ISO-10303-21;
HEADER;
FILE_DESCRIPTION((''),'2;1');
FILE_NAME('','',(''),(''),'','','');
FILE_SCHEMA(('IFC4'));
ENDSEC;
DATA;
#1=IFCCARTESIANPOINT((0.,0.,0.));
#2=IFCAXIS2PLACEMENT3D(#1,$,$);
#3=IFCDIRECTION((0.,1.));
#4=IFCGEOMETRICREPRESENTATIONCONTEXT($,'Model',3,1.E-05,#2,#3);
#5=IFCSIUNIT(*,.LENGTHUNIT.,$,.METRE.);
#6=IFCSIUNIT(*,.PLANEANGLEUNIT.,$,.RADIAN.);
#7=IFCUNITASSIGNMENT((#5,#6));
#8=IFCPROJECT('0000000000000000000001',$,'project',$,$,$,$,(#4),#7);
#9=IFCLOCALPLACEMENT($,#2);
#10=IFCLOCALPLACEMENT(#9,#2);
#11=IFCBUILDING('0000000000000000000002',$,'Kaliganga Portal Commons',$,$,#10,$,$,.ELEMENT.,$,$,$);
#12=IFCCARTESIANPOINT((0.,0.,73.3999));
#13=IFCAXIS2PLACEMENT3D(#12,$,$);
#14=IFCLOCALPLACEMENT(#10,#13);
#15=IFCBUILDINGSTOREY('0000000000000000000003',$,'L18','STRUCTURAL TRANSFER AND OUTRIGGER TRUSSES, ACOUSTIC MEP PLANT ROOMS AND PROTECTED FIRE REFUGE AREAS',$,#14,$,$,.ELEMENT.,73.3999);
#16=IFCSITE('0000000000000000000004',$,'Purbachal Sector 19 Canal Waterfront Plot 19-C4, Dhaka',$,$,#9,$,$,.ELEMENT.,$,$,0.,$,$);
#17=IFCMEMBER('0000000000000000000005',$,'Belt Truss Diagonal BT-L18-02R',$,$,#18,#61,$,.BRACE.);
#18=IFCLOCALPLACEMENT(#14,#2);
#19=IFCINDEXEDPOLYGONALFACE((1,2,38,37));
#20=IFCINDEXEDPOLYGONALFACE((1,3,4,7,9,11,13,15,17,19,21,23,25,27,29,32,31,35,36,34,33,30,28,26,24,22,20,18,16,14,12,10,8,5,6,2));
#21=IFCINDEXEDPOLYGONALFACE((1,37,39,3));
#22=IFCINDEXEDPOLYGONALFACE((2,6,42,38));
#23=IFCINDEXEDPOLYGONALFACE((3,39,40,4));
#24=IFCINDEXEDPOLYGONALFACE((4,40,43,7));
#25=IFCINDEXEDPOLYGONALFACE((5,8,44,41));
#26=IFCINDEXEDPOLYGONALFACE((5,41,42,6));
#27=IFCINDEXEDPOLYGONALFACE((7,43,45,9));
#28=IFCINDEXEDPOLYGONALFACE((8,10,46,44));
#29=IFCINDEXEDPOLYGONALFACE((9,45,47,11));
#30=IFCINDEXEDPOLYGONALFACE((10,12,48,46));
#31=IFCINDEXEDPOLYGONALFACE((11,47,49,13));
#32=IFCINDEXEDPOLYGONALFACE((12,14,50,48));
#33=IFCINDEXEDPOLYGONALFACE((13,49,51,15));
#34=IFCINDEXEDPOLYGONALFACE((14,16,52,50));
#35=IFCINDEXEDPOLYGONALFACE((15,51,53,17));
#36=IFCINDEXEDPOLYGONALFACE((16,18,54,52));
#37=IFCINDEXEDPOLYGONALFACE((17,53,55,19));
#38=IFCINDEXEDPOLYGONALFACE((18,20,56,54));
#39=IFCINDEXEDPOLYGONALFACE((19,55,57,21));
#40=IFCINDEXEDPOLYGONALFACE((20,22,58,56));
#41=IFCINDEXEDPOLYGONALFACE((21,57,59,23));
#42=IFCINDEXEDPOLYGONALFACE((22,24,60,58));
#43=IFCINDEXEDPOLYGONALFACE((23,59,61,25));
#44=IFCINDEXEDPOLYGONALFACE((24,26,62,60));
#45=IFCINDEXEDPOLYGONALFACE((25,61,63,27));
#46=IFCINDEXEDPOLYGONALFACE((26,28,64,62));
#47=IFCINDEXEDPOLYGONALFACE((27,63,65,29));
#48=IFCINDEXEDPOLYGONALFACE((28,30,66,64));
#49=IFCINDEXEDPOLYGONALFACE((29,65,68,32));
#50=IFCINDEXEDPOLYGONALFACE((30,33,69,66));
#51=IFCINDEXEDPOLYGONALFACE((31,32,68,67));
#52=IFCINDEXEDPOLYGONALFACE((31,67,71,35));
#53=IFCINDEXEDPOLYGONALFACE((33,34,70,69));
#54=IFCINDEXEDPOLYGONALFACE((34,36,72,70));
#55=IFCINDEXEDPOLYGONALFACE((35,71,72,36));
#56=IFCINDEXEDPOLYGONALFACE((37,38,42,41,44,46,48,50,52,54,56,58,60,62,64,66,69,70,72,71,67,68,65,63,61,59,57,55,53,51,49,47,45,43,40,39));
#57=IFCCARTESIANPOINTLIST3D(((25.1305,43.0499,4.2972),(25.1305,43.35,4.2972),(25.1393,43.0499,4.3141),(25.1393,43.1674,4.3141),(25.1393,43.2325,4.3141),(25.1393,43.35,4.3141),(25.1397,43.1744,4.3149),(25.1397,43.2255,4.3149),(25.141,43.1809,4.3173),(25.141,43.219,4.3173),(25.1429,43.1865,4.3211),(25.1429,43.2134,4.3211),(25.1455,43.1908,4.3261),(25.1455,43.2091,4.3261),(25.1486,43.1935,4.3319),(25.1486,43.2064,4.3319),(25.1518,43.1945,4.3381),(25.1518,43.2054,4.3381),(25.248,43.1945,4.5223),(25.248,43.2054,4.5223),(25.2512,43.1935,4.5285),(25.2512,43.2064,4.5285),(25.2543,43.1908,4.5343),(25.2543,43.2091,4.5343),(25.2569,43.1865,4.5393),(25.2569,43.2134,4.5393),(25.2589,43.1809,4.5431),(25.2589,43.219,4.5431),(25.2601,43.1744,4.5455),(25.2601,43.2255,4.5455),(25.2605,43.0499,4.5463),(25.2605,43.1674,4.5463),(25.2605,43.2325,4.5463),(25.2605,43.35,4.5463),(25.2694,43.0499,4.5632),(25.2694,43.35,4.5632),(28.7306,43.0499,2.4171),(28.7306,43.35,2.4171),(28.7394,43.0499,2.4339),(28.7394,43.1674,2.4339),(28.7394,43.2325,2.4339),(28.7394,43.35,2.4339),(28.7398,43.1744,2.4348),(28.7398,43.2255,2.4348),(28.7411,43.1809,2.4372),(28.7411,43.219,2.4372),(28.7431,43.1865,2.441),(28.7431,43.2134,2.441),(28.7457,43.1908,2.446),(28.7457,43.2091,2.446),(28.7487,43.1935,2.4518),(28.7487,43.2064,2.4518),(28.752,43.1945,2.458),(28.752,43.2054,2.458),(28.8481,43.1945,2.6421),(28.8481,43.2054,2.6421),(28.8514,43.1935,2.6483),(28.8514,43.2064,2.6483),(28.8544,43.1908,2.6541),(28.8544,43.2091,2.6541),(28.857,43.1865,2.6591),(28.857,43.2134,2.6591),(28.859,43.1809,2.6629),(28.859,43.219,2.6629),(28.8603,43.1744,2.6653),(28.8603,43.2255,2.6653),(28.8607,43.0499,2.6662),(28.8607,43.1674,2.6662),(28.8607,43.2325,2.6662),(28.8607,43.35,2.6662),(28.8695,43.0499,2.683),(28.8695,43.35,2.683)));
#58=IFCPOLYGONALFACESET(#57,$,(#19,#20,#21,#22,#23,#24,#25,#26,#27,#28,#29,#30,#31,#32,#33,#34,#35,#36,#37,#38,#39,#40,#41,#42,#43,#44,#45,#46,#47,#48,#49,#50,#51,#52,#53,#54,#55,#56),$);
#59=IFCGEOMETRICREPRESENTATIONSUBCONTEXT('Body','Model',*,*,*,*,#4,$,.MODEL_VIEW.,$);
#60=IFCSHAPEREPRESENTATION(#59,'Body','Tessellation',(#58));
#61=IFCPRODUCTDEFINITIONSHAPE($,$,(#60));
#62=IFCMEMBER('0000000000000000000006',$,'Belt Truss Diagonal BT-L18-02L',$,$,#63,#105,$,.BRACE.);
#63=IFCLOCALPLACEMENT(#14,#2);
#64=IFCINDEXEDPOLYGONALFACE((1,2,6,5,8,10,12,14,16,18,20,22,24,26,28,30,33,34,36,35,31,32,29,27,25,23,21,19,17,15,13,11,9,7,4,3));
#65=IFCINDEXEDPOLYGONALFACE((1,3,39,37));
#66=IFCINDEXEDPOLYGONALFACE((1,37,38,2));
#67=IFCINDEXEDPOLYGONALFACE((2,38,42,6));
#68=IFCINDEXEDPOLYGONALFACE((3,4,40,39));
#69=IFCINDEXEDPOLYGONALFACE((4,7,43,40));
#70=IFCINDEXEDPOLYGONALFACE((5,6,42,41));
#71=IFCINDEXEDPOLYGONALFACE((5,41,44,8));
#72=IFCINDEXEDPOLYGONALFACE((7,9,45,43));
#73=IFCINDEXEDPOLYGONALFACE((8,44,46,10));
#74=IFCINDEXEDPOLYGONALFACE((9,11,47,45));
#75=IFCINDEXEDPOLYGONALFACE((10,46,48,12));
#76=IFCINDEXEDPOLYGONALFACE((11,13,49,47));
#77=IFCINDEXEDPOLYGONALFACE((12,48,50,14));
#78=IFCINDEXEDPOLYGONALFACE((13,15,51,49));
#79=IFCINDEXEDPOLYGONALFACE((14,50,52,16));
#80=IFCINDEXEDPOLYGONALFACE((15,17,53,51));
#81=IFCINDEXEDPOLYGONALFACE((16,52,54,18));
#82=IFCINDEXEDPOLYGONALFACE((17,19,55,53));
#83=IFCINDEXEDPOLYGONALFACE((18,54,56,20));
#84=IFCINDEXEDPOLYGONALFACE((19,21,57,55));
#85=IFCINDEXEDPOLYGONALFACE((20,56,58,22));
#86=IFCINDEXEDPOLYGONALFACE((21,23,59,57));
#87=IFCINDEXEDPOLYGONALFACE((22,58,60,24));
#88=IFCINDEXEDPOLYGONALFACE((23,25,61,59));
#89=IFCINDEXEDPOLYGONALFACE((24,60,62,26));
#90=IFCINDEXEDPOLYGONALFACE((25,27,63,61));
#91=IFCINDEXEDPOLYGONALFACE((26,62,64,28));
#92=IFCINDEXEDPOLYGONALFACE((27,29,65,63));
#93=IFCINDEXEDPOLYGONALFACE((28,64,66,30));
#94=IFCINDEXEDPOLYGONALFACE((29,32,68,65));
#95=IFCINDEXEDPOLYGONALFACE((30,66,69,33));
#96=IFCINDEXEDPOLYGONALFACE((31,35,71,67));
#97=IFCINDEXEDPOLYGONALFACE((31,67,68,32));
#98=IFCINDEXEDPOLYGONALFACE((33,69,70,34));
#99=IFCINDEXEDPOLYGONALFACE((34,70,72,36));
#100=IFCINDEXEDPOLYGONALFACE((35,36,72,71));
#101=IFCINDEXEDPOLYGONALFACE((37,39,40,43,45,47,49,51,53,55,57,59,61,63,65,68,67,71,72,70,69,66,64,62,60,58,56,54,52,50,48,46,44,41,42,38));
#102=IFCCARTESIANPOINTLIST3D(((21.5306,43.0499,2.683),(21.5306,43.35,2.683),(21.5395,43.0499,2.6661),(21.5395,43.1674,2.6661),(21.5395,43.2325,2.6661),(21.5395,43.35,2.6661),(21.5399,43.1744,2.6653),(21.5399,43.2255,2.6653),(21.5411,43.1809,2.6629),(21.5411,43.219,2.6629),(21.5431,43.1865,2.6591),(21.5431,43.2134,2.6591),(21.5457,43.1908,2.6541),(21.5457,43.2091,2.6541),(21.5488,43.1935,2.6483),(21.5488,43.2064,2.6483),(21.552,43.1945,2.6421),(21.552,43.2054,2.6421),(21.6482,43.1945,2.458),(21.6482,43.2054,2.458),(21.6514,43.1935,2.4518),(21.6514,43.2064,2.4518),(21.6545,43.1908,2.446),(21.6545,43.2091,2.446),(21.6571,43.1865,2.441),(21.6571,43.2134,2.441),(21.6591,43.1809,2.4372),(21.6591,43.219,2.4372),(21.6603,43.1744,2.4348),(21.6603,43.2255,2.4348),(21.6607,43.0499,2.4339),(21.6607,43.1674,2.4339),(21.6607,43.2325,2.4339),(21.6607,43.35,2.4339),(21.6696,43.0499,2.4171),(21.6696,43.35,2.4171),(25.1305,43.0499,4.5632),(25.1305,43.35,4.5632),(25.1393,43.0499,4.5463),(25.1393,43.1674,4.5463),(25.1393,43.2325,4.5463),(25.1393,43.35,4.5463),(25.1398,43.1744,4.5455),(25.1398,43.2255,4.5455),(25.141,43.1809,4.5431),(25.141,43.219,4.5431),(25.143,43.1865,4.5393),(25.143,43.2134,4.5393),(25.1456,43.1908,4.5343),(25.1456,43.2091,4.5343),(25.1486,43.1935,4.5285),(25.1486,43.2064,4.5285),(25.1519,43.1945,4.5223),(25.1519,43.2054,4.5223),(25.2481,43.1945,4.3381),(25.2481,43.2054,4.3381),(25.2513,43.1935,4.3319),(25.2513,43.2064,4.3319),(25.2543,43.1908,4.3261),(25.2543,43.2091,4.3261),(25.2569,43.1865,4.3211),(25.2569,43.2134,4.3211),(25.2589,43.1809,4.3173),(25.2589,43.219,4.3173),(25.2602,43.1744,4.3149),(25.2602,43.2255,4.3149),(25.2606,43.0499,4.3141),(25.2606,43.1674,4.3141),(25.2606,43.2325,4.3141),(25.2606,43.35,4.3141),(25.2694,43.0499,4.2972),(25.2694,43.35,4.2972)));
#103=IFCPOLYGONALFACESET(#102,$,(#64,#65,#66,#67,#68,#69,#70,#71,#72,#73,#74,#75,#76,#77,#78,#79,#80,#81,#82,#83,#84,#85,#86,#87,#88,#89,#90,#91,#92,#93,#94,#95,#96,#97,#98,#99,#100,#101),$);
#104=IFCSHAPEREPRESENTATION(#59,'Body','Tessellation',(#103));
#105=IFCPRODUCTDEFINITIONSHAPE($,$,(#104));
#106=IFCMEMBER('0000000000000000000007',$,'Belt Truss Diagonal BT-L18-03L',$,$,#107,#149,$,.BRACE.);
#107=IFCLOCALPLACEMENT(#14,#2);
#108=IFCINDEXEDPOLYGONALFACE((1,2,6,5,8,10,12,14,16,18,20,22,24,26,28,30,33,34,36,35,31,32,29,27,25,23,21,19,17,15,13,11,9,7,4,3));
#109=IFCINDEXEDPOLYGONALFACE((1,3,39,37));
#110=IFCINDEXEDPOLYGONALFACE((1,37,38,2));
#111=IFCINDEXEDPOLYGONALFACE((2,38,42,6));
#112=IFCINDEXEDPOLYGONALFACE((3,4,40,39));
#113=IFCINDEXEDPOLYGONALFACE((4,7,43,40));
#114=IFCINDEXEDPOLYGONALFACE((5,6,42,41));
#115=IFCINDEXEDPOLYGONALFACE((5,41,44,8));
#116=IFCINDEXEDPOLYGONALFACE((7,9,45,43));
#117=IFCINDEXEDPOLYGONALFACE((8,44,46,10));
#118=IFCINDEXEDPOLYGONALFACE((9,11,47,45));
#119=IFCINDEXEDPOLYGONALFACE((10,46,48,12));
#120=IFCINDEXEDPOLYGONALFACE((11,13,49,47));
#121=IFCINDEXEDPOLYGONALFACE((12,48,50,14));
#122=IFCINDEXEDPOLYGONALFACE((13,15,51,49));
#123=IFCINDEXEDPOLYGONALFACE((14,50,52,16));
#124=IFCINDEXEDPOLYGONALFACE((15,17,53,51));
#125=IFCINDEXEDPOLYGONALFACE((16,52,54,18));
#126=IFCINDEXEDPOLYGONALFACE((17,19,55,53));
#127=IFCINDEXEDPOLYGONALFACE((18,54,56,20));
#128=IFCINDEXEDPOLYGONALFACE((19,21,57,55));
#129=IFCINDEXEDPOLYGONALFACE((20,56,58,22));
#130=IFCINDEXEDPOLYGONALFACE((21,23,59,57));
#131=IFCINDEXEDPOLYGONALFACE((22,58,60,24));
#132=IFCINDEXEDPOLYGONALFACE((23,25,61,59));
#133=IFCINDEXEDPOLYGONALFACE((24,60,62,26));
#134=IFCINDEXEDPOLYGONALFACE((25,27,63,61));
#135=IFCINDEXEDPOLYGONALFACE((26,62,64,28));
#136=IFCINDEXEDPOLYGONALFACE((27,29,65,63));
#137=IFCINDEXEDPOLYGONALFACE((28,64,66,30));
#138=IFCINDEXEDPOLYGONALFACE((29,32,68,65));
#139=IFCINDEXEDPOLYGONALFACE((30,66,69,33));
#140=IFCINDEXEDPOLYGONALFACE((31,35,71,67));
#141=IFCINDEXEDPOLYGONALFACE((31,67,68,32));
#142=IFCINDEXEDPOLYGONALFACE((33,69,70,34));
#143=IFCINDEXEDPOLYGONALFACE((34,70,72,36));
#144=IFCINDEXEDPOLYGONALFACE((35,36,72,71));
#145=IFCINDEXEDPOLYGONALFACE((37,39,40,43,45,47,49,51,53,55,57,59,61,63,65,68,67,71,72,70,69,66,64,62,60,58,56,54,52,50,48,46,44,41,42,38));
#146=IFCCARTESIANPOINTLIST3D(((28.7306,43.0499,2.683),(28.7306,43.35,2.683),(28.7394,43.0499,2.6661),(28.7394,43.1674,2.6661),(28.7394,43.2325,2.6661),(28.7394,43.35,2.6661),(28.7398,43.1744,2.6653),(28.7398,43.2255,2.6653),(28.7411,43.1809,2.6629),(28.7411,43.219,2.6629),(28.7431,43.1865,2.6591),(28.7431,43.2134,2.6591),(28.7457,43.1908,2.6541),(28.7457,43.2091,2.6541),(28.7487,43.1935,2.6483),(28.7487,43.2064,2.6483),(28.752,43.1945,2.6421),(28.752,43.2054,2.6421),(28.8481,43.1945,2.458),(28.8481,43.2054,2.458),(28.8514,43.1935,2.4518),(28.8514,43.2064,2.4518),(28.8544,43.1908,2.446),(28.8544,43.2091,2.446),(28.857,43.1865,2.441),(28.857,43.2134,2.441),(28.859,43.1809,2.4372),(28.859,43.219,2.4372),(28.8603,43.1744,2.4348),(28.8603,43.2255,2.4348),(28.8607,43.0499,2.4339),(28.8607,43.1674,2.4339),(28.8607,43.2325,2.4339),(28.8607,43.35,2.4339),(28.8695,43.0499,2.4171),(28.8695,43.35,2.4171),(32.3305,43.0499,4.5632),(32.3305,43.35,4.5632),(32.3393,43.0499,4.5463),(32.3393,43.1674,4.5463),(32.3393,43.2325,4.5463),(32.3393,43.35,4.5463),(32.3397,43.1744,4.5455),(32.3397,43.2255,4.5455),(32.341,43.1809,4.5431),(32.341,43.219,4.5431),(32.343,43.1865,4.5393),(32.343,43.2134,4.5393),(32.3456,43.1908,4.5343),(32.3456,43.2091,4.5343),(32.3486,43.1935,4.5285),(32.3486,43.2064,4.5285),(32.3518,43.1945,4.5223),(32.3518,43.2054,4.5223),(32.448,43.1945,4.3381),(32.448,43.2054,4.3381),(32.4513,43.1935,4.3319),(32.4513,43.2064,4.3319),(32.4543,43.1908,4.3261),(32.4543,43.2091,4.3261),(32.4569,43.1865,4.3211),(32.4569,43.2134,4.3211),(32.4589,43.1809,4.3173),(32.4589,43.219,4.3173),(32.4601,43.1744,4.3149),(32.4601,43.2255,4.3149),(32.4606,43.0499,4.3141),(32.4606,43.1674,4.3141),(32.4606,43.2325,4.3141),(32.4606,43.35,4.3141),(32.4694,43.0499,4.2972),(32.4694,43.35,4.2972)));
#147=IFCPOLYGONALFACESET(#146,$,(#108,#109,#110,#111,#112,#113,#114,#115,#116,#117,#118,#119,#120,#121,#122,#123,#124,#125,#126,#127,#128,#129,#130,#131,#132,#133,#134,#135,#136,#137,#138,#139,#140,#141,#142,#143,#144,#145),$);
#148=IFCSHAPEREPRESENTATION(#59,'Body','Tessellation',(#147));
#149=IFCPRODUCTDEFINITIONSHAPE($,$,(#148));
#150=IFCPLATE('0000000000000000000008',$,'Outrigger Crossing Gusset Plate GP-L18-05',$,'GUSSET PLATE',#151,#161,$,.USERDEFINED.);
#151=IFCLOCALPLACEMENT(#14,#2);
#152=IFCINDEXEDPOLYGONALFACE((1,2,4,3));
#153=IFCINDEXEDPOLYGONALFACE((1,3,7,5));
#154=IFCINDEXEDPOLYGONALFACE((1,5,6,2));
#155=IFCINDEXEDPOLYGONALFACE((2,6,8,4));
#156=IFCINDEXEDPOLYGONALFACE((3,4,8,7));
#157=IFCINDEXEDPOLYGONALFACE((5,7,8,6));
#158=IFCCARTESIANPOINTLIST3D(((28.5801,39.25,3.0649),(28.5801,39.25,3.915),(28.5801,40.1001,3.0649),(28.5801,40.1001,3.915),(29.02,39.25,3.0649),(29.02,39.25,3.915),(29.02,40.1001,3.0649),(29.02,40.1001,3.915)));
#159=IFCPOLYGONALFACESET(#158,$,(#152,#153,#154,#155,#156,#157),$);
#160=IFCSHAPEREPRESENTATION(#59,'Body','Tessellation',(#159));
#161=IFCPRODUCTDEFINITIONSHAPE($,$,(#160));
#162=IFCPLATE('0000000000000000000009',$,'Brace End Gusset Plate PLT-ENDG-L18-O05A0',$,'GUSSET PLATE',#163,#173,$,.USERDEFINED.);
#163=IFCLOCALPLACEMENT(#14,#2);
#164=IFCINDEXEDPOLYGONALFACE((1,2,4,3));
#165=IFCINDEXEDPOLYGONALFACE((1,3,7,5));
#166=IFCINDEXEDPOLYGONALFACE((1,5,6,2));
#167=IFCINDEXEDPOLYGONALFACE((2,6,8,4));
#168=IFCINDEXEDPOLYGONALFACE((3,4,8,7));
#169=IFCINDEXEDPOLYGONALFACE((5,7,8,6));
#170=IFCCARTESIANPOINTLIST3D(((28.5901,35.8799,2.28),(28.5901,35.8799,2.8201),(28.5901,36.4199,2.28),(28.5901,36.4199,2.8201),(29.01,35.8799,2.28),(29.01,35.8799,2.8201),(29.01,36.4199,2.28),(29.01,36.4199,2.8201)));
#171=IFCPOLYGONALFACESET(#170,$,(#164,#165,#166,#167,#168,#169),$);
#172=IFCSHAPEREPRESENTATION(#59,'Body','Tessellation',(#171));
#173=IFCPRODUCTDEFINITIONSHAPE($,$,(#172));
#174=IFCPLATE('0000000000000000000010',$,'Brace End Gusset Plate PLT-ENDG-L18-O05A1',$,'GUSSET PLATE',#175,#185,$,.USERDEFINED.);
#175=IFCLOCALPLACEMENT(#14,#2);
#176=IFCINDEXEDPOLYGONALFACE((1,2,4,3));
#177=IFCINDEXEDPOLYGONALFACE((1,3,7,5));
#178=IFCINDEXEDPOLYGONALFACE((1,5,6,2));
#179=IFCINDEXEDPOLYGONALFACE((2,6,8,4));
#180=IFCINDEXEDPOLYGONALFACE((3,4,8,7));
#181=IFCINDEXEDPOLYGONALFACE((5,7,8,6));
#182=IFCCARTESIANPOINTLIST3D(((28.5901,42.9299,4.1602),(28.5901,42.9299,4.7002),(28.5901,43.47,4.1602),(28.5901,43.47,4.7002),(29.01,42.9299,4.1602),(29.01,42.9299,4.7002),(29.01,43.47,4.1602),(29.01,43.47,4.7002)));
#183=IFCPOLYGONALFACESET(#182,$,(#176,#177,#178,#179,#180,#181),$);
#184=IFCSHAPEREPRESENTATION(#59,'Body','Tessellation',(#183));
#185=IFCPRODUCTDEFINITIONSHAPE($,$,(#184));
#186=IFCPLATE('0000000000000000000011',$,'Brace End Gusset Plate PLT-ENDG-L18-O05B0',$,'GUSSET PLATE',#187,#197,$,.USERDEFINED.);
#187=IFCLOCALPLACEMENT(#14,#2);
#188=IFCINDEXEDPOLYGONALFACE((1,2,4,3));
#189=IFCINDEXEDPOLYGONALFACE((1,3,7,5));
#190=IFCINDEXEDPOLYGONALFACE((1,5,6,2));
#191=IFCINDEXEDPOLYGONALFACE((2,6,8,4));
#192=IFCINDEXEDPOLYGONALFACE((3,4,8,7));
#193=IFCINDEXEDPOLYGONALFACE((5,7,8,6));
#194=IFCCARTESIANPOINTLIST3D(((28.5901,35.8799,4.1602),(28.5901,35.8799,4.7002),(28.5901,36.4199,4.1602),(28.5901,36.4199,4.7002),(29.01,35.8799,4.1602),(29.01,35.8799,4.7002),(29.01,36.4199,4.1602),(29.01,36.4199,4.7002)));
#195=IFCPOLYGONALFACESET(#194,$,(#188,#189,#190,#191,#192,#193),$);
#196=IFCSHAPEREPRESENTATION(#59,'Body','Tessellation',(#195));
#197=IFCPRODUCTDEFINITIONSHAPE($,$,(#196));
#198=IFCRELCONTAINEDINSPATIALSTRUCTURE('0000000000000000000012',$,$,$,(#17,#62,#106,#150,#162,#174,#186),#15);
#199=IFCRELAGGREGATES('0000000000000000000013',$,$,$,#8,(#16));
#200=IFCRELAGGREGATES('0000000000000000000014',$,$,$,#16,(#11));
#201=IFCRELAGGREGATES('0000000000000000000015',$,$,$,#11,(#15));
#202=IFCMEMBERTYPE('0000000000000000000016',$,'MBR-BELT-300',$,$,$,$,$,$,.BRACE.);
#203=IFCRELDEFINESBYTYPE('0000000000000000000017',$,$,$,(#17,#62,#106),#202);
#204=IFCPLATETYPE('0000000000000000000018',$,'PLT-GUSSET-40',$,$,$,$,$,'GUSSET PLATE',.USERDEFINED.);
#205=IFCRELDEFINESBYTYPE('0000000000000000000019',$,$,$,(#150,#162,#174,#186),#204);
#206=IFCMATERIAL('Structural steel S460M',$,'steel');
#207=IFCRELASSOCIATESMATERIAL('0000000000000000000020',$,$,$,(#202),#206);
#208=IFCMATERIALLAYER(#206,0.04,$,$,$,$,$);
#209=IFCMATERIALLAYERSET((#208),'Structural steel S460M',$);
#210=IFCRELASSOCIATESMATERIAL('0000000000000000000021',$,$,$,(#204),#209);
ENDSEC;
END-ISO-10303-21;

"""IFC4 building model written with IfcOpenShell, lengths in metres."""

from ifc_helpers import new_model, si_unit, direction, frame, origin, origin_2d, place, context, subcontext, project, spatial, rectangle, i_section, extrude, source, transform, mapped, material, layer, layer_set, material_profile, profile_set, type_object, element, save


model = new_model("IFC4")

# Units and contexts
model_context = context("Model", 3, precision=1e-05, world=origin(), true_north=direction((0.0, 1.0)))
body_context = subcontext(model_context, "Body", "Model", "MODEL_VIEW")
ifc_project = project(units=[si_unit("LENGTHUNIT", "METRE"), si_unit("PLANEANGLEUNIT", "RADIAN")], contexts=[model_context])

# Site, building, storey
site_placement = place(None, origin())
site = spatial("IfcSite", under=ifc_project, at=site_placement, Name="Purbachal Sector 19 Canal Waterfront Plot 19-C4, Dhaka", CompositionType="ELEMENT", RefElevation=0.0)
building_placement = place(site_placement, origin())
building = spatial("IfcBuilding", under=site, at=building_placement, Name="Kaliganga Portal Commons", CompositionType="ELEMENT")
storey_placement = place(building_placement, frame((0.0, 0.0, 73.3999)))
storey = spatial("IfcBuildingStorey", under=building, at=storey_placement, Name="L18", Description="STRUCTURAL TRANSFER AND OUTRIGGER TRUSSES, ACOUSTIC MEP PLANT ROOMS AND PROTECTED FIRE REFUGE AREAS", CompositionType="ELEMENT", Elevation=73.3999)

# Shared definitions
ifc_material_1 = material(Name="Structural steel S460M", Category="steel")

# Members
ifc_material_profile_1 = material_profile(ifc_material_1, i_section(OverallWidth=0.3, OverallDepth=0.3, WebThickness=0.011, FlangeThickness=0.019, FilletRadius=0.0271, at=origin_2d()), Name="HE 300 B")
ifc_profile_set_1 = profile_set([ifc_material_profile_1], Name="Structural steel S460M wide-flange")
member_type_1 = type_object("IfcMemberType", Name="MBR-BELT-300", PredefinedType="BRACE", material=ifc_profile_set_1)
shared_shape_1 = source(origin(), body_context, "Body", "SweptSolid", [
    extrude(i_section(OverallWidth=0.3, OverallDepth=0.3, WebThickness=0.011, FlangeThickness=0.019, FilletRadius=0.0271, at=origin_2d()), origin(), (0.0, 0.0, 1.0), 4.0615),
])
for number, where, z_axis, x_axis, name in (
    (1, (28.8, 43.2, 2.55), (-0.886401, 0.0, 0.462917), (0.0, -1.0, 0.0), "Belt Truss Diagonal BT-L18-02R"),
):
    element("IfcMember", number, at=place(storey_placement, frame(where, z_axis=z_axis, x_axis=x_axis)), inside=storey, type_object=member_type_1, Name=name, PredefinedType="BRACE", context=body_context, shape_type="MappedRepresentation", body=[
        mapped(shared_shape_1, transform((0.0, 0.0, 0.0), x_axis=(1.0, 0.0, 0.0), y_axis=(0.0, 1.0, 0.0), z_axis=(0.0, 0.0, 1.0), scale=1.0)),
    ])
shared_shape_2 = source(origin(), body_context, "Body", "SweptSolid", [
    extrude(i_section(OverallWidth=0.3, OverallDepth=0.3, WebThickness=0.011, FlangeThickness=0.019, FilletRadius=0.0271, at=origin_2d()), origin(), (0.0, 0.0, 1.0), 4.0613),
])
for number, where, z_axis, x_axis, name in (
    (2, (21.6001, 43.2, 2.55), (0.886389, 0.0, 0.462942), (0.0, 1.0, 0.0), "Belt Truss Diagonal BT-L18-02L"),
    (3, (28.8, 43.2, 2.55), (0.886389, 0.0, 0.462942), (0.0, 1.0, 0.0), "Belt Truss Diagonal BT-L18-03L"),
):
    element("IfcMember", number, at=place(storey_placement, frame(where, z_axis=z_axis, x_axis=x_axis)), inside=storey, type_object=member_type_1, Name=name, PredefinedType="BRACE", context=body_context, shape_type="MappedRepresentation", body=[
        mapped(shared_shape_2, transform((0.0, 0.0, 0.0), x_axis=(1.0, 0.0, 0.0), y_axis=(0.0, 1.0, 0.0), z_axis=(0.0, 0.0, 1.0), scale=1.0)),
    ])

# Plates
ifc_layer_1 = layer(ifc_material_1, 0.04)
ifc_layer_set_1 = layer_set([ifc_layer_1], Name="Structural steel S460M")
plate_type = type_object("IfcPlateType", Name="PLT-GUSSET-40", ElementType="GUSSET PLATE", PredefinedType="USERDEFINED", material=ifc_layer_set_1)
shared_shape_3 = source(origin(), body_context, "Body", "SweptSolid", [
    extrude(rectangle(XDim=0.8501, YDim=0.4399, at=origin_2d()), origin(), (0.0, 0.0, 1.0), 0.8501),
])
plate_placement = place(storey_placement, frame((28.8, 39.675, 3.0649), z_axis=(0.0, 0.0, 1.0), x_axis=(0.0, 1.0, 0.0)))
element("IfcPlate", 4, at=plate_placement, inside=storey, type_object=plate_type, Name="Outrigger Crossing Gusset Plate GP-L18-05", ObjectType="GUSSET PLATE", PredefinedType="USERDEFINED", context=body_context, shape_type="MappedRepresentation", body=[
    mapped(shared_shape_3, transform((0.0, 0.0, 0.0), x_axis=(1.0, 0.0, 0.0), y_axis=(0.0, 1.0, 0.0), z_axis=(0.0, 0.0, 1.0), scale=1.0)),
])
shared_shape_4 = source(origin(), body_context, "Body", "SweptSolid", [
    extrude(rectangle(XDim=0.54, YDim=0.4199, at=origin_2d()), origin(), (0.0, 0.0, 1.0), 0.54),
])
for number, where, z_axis, x_axis, name in (
    (5, (28.8, 36.1499, 2.28), (0.0, 0.0, 1.0), (0.0, 1.0, 0.0), "Brace End Gusset Plate PLT-ENDG-L18-O05A0"),
    (6, (28.8, 43.2, 4.1602), (0.0, 0.0, 1.0), (0.0, 1.0, 0.0), "Brace End Gusset Plate PLT-ENDG-L18-O05A1"),
    (7, (28.8, 36.1499, 4.1602), (0.0, 0.0, 1.0), (0.0, 1.0, 0.0), "Brace End Gusset Plate PLT-ENDG-L18-O05B0"),
):
    element("IfcPlate", number, at=place(storey_placement, frame(where, z_axis=z_axis, x_axis=x_axis)), inside=storey, type_object=plate_type, Name=name, ObjectType="GUSSET PLATE", PredefinedType="USERDEFINED", context=body_context, shape_type="MappedRepresentation", body=[
        mapped(shared_shape_4, transform((0.0, 0.0, 0.0), x_axis=(1.0, 0.0, 0.0), y_axis=(0.0, 1.0, 0.0), z_axis=(0.0, 0.0, 1.0), scale=1.0)),
    ])

save(model, "model.ifc")
